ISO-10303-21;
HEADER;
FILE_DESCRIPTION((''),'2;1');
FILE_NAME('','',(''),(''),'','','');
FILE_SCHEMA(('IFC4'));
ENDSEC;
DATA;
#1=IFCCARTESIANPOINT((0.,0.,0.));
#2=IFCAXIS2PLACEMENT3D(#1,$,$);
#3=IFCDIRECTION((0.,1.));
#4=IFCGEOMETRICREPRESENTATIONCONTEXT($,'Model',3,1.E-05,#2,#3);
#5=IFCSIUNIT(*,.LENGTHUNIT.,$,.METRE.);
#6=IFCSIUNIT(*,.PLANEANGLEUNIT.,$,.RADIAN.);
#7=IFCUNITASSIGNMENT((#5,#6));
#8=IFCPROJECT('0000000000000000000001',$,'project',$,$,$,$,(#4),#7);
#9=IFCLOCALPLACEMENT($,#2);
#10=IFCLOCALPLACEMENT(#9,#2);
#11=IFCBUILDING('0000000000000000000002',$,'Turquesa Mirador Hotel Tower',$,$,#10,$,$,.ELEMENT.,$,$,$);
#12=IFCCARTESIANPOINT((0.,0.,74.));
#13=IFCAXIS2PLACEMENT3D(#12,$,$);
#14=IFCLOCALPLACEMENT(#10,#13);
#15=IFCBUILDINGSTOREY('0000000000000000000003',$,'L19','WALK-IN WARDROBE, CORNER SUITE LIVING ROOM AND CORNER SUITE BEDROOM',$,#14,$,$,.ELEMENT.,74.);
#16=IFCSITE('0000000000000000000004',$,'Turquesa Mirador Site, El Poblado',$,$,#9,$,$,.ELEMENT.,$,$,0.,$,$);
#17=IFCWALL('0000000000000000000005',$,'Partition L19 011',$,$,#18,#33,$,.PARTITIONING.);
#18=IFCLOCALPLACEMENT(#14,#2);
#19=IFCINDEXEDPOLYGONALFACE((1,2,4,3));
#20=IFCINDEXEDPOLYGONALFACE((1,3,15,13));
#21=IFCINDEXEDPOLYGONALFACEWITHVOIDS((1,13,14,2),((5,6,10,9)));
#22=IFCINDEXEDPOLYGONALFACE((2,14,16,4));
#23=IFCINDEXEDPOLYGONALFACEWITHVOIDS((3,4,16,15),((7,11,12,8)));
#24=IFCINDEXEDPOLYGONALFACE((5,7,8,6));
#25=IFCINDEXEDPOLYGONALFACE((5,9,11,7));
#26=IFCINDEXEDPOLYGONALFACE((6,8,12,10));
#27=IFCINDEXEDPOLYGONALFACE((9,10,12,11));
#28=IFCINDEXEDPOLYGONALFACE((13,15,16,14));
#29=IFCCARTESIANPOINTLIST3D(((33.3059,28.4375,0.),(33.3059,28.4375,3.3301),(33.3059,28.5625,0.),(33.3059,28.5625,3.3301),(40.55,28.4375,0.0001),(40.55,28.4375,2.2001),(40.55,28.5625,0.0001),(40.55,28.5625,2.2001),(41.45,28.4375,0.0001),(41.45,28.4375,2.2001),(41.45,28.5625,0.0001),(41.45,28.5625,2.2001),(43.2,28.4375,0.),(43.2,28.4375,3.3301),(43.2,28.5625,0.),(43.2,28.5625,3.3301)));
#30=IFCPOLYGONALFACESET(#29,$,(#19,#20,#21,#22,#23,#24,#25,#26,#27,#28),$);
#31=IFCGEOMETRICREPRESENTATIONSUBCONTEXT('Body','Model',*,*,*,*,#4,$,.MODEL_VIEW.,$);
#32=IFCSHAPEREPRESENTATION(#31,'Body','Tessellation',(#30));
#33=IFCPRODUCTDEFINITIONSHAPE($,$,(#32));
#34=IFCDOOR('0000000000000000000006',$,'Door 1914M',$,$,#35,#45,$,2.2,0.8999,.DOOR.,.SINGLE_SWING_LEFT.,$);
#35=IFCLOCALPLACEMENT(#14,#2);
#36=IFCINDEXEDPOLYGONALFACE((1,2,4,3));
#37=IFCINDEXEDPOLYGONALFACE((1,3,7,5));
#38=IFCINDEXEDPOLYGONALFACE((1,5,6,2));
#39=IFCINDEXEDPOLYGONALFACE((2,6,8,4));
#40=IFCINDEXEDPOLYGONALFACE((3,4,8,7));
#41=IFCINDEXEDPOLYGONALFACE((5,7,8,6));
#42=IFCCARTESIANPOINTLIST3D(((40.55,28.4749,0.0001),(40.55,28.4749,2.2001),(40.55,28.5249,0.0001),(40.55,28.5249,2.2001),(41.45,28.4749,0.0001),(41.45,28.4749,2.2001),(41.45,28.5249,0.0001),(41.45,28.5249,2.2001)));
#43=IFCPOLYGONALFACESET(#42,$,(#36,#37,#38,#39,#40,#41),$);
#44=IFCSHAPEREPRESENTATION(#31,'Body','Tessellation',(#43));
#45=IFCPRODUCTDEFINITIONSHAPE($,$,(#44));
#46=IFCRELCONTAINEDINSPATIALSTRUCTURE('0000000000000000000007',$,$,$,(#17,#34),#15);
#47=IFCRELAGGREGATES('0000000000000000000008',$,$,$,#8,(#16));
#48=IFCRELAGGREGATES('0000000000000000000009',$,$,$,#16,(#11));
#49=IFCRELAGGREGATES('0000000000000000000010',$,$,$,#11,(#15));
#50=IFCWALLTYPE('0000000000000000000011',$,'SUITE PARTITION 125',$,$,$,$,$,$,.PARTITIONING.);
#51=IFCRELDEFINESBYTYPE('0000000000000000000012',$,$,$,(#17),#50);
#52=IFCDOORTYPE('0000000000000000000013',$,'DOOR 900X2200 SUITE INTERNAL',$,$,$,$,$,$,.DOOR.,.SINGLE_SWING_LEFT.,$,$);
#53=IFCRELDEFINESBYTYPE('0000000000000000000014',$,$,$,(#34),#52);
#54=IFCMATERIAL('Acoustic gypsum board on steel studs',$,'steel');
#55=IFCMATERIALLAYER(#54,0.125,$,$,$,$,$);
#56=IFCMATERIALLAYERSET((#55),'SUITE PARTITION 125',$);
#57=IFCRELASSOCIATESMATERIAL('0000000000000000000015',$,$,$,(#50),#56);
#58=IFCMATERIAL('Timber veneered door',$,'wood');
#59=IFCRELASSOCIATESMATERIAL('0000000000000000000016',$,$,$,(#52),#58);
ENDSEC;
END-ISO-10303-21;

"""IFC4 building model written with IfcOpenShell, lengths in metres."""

from ifc_helpers import new_model, si_unit, direction, frame, frame_2d, origin, place, context, subcontext, project, spatial, rectangle, extrude, material, layer, layer_set, type_object, element, fill, save


model = new_model("IFC4")

# Units and contexts
model_context = context("Model", 3, precision=1e-05, world=origin(), true_north=direction((0.0, 1.0)))
body_context = subcontext(model_context, "Body", "Model", "MODEL_VIEW")
ifc_project = project(units=[si_unit("LENGTHUNIT", "METRE"), si_unit("PLANEANGLEUNIT", "RADIAN")], contexts=[model_context])

# Site, building, storey
site_placement = place(None, origin())
site = spatial("IfcSite", under=ifc_project, at=site_placement, Name="Turquesa Mirador Site, El Poblado", CompositionType="ELEMENT", RefElevation=0.0)
building_placement = place(site_placement, origin())
building = spatial("IfcBuilding", under=site, at=building_placement, Name="Turquesa Mirador Hotel Tower", CompositionType="ELEMENT")
storey_placement = place(building_placement, frame((0.0, 0.0, 74.0)))
storey = spatial("IfcBuildingStorey", under=building, at=storey_placement, Name="L19", Description="WALK-IN WARDROBE, CORNER SUITE LIVING ROOM AND CORNER SUITE BEDROOM", CompositionType="ELEMENT", Elevation=74.0)

# Wall, opening, door
ifc_material_1 = material(Name="Acoustic gypsum board on steel studs", Category="steel")
ifc_layer_1 = layer(ifc_material_1, 0.125)
ifc_layer_set_1 = layer_set([ifc_layer_1], Name="SUITE PARTITION 125")
wall_type_1 = type_object("IfcWallType", Name="SUITE PARTITION 125", PredefinedType="PARTITIONING", material=ifc_layer_set_1)
wall_1_placement = place(storey_placement, frame((33.3059, 28.5, 0.0), z_axis=(0.0, 0.0, 1.0), x_axis=(1.0, 0.0, 0.0)))
wall_1 = element("IfcWall", 1, at=wall_1_placement, inside=storey, type_object=wall_type_1, Name="Partition L19 011", PredefinedType="PARTITIONING", context=body_context, shape_type="SweptSolid", body=[
    extrude(rectangle(XDim=9.894, YDim=0.125, at=frame_2d((4.947, 0.0))), origin(), (0.0, 0.0, 1.0), 3.3301),
])
opening_1_placement = place(wall_1_placement, frame((7.2441, 0.0, 0.0)))
opening_1 = element("IfcOpeningElement", 2, at=opening_1_placement, cuts=wall_1, PredefinedType="OPENING", context=body_context, shape_type="SweptSolid", body=[
    extrude(rectangle(XDim=0.8999, YDim=2.2, at=frame_2d((0.45, 1.1001))), frame((0.0, 0.0725, 0.0), z_axis=(0.0, -1.0, 0.0), x_axis=(1.0, 0.0, 0.0)), (0.0, 0.0, 1.0), 0.145),
])
ifc_material_2 = material(Name="Timber veneered door", Category="wood")
door_type = type_object("IfcDoorType", Name="DOOR 900X2200 SUITE INTERNAL", OperationType="SINGLE_SWING_LEFT", PredefinedType="DOOR", material=ifc_material_2)
door_placement = place(opening_1_placement, origin())
door = element("IfcDoor", 3, at=door_placement, inside=storey, type_object=door_type, Name="Door 1914M", OperationType="SINGLE_SWING_LEFT", OverallHeight=2.2, OverallWidth=0.8999, PredefinedType="DOOR", context=body_context, shape_type="SweptSolid", body=[
    extrude(rectangle(XDim=0.8999, YDim=2.2, at=frame_2d((0.45, 1.1001))), frame((0.0, 0.0249, 0.0), z_axis=(0.0, -1.0, 0.0), x_axis=(1.0, 0.0, 0.0)), (0.0, 0.0, 1.0), 0.05),
])
fill(opening_1, door)

save(model, "model.ifc")
